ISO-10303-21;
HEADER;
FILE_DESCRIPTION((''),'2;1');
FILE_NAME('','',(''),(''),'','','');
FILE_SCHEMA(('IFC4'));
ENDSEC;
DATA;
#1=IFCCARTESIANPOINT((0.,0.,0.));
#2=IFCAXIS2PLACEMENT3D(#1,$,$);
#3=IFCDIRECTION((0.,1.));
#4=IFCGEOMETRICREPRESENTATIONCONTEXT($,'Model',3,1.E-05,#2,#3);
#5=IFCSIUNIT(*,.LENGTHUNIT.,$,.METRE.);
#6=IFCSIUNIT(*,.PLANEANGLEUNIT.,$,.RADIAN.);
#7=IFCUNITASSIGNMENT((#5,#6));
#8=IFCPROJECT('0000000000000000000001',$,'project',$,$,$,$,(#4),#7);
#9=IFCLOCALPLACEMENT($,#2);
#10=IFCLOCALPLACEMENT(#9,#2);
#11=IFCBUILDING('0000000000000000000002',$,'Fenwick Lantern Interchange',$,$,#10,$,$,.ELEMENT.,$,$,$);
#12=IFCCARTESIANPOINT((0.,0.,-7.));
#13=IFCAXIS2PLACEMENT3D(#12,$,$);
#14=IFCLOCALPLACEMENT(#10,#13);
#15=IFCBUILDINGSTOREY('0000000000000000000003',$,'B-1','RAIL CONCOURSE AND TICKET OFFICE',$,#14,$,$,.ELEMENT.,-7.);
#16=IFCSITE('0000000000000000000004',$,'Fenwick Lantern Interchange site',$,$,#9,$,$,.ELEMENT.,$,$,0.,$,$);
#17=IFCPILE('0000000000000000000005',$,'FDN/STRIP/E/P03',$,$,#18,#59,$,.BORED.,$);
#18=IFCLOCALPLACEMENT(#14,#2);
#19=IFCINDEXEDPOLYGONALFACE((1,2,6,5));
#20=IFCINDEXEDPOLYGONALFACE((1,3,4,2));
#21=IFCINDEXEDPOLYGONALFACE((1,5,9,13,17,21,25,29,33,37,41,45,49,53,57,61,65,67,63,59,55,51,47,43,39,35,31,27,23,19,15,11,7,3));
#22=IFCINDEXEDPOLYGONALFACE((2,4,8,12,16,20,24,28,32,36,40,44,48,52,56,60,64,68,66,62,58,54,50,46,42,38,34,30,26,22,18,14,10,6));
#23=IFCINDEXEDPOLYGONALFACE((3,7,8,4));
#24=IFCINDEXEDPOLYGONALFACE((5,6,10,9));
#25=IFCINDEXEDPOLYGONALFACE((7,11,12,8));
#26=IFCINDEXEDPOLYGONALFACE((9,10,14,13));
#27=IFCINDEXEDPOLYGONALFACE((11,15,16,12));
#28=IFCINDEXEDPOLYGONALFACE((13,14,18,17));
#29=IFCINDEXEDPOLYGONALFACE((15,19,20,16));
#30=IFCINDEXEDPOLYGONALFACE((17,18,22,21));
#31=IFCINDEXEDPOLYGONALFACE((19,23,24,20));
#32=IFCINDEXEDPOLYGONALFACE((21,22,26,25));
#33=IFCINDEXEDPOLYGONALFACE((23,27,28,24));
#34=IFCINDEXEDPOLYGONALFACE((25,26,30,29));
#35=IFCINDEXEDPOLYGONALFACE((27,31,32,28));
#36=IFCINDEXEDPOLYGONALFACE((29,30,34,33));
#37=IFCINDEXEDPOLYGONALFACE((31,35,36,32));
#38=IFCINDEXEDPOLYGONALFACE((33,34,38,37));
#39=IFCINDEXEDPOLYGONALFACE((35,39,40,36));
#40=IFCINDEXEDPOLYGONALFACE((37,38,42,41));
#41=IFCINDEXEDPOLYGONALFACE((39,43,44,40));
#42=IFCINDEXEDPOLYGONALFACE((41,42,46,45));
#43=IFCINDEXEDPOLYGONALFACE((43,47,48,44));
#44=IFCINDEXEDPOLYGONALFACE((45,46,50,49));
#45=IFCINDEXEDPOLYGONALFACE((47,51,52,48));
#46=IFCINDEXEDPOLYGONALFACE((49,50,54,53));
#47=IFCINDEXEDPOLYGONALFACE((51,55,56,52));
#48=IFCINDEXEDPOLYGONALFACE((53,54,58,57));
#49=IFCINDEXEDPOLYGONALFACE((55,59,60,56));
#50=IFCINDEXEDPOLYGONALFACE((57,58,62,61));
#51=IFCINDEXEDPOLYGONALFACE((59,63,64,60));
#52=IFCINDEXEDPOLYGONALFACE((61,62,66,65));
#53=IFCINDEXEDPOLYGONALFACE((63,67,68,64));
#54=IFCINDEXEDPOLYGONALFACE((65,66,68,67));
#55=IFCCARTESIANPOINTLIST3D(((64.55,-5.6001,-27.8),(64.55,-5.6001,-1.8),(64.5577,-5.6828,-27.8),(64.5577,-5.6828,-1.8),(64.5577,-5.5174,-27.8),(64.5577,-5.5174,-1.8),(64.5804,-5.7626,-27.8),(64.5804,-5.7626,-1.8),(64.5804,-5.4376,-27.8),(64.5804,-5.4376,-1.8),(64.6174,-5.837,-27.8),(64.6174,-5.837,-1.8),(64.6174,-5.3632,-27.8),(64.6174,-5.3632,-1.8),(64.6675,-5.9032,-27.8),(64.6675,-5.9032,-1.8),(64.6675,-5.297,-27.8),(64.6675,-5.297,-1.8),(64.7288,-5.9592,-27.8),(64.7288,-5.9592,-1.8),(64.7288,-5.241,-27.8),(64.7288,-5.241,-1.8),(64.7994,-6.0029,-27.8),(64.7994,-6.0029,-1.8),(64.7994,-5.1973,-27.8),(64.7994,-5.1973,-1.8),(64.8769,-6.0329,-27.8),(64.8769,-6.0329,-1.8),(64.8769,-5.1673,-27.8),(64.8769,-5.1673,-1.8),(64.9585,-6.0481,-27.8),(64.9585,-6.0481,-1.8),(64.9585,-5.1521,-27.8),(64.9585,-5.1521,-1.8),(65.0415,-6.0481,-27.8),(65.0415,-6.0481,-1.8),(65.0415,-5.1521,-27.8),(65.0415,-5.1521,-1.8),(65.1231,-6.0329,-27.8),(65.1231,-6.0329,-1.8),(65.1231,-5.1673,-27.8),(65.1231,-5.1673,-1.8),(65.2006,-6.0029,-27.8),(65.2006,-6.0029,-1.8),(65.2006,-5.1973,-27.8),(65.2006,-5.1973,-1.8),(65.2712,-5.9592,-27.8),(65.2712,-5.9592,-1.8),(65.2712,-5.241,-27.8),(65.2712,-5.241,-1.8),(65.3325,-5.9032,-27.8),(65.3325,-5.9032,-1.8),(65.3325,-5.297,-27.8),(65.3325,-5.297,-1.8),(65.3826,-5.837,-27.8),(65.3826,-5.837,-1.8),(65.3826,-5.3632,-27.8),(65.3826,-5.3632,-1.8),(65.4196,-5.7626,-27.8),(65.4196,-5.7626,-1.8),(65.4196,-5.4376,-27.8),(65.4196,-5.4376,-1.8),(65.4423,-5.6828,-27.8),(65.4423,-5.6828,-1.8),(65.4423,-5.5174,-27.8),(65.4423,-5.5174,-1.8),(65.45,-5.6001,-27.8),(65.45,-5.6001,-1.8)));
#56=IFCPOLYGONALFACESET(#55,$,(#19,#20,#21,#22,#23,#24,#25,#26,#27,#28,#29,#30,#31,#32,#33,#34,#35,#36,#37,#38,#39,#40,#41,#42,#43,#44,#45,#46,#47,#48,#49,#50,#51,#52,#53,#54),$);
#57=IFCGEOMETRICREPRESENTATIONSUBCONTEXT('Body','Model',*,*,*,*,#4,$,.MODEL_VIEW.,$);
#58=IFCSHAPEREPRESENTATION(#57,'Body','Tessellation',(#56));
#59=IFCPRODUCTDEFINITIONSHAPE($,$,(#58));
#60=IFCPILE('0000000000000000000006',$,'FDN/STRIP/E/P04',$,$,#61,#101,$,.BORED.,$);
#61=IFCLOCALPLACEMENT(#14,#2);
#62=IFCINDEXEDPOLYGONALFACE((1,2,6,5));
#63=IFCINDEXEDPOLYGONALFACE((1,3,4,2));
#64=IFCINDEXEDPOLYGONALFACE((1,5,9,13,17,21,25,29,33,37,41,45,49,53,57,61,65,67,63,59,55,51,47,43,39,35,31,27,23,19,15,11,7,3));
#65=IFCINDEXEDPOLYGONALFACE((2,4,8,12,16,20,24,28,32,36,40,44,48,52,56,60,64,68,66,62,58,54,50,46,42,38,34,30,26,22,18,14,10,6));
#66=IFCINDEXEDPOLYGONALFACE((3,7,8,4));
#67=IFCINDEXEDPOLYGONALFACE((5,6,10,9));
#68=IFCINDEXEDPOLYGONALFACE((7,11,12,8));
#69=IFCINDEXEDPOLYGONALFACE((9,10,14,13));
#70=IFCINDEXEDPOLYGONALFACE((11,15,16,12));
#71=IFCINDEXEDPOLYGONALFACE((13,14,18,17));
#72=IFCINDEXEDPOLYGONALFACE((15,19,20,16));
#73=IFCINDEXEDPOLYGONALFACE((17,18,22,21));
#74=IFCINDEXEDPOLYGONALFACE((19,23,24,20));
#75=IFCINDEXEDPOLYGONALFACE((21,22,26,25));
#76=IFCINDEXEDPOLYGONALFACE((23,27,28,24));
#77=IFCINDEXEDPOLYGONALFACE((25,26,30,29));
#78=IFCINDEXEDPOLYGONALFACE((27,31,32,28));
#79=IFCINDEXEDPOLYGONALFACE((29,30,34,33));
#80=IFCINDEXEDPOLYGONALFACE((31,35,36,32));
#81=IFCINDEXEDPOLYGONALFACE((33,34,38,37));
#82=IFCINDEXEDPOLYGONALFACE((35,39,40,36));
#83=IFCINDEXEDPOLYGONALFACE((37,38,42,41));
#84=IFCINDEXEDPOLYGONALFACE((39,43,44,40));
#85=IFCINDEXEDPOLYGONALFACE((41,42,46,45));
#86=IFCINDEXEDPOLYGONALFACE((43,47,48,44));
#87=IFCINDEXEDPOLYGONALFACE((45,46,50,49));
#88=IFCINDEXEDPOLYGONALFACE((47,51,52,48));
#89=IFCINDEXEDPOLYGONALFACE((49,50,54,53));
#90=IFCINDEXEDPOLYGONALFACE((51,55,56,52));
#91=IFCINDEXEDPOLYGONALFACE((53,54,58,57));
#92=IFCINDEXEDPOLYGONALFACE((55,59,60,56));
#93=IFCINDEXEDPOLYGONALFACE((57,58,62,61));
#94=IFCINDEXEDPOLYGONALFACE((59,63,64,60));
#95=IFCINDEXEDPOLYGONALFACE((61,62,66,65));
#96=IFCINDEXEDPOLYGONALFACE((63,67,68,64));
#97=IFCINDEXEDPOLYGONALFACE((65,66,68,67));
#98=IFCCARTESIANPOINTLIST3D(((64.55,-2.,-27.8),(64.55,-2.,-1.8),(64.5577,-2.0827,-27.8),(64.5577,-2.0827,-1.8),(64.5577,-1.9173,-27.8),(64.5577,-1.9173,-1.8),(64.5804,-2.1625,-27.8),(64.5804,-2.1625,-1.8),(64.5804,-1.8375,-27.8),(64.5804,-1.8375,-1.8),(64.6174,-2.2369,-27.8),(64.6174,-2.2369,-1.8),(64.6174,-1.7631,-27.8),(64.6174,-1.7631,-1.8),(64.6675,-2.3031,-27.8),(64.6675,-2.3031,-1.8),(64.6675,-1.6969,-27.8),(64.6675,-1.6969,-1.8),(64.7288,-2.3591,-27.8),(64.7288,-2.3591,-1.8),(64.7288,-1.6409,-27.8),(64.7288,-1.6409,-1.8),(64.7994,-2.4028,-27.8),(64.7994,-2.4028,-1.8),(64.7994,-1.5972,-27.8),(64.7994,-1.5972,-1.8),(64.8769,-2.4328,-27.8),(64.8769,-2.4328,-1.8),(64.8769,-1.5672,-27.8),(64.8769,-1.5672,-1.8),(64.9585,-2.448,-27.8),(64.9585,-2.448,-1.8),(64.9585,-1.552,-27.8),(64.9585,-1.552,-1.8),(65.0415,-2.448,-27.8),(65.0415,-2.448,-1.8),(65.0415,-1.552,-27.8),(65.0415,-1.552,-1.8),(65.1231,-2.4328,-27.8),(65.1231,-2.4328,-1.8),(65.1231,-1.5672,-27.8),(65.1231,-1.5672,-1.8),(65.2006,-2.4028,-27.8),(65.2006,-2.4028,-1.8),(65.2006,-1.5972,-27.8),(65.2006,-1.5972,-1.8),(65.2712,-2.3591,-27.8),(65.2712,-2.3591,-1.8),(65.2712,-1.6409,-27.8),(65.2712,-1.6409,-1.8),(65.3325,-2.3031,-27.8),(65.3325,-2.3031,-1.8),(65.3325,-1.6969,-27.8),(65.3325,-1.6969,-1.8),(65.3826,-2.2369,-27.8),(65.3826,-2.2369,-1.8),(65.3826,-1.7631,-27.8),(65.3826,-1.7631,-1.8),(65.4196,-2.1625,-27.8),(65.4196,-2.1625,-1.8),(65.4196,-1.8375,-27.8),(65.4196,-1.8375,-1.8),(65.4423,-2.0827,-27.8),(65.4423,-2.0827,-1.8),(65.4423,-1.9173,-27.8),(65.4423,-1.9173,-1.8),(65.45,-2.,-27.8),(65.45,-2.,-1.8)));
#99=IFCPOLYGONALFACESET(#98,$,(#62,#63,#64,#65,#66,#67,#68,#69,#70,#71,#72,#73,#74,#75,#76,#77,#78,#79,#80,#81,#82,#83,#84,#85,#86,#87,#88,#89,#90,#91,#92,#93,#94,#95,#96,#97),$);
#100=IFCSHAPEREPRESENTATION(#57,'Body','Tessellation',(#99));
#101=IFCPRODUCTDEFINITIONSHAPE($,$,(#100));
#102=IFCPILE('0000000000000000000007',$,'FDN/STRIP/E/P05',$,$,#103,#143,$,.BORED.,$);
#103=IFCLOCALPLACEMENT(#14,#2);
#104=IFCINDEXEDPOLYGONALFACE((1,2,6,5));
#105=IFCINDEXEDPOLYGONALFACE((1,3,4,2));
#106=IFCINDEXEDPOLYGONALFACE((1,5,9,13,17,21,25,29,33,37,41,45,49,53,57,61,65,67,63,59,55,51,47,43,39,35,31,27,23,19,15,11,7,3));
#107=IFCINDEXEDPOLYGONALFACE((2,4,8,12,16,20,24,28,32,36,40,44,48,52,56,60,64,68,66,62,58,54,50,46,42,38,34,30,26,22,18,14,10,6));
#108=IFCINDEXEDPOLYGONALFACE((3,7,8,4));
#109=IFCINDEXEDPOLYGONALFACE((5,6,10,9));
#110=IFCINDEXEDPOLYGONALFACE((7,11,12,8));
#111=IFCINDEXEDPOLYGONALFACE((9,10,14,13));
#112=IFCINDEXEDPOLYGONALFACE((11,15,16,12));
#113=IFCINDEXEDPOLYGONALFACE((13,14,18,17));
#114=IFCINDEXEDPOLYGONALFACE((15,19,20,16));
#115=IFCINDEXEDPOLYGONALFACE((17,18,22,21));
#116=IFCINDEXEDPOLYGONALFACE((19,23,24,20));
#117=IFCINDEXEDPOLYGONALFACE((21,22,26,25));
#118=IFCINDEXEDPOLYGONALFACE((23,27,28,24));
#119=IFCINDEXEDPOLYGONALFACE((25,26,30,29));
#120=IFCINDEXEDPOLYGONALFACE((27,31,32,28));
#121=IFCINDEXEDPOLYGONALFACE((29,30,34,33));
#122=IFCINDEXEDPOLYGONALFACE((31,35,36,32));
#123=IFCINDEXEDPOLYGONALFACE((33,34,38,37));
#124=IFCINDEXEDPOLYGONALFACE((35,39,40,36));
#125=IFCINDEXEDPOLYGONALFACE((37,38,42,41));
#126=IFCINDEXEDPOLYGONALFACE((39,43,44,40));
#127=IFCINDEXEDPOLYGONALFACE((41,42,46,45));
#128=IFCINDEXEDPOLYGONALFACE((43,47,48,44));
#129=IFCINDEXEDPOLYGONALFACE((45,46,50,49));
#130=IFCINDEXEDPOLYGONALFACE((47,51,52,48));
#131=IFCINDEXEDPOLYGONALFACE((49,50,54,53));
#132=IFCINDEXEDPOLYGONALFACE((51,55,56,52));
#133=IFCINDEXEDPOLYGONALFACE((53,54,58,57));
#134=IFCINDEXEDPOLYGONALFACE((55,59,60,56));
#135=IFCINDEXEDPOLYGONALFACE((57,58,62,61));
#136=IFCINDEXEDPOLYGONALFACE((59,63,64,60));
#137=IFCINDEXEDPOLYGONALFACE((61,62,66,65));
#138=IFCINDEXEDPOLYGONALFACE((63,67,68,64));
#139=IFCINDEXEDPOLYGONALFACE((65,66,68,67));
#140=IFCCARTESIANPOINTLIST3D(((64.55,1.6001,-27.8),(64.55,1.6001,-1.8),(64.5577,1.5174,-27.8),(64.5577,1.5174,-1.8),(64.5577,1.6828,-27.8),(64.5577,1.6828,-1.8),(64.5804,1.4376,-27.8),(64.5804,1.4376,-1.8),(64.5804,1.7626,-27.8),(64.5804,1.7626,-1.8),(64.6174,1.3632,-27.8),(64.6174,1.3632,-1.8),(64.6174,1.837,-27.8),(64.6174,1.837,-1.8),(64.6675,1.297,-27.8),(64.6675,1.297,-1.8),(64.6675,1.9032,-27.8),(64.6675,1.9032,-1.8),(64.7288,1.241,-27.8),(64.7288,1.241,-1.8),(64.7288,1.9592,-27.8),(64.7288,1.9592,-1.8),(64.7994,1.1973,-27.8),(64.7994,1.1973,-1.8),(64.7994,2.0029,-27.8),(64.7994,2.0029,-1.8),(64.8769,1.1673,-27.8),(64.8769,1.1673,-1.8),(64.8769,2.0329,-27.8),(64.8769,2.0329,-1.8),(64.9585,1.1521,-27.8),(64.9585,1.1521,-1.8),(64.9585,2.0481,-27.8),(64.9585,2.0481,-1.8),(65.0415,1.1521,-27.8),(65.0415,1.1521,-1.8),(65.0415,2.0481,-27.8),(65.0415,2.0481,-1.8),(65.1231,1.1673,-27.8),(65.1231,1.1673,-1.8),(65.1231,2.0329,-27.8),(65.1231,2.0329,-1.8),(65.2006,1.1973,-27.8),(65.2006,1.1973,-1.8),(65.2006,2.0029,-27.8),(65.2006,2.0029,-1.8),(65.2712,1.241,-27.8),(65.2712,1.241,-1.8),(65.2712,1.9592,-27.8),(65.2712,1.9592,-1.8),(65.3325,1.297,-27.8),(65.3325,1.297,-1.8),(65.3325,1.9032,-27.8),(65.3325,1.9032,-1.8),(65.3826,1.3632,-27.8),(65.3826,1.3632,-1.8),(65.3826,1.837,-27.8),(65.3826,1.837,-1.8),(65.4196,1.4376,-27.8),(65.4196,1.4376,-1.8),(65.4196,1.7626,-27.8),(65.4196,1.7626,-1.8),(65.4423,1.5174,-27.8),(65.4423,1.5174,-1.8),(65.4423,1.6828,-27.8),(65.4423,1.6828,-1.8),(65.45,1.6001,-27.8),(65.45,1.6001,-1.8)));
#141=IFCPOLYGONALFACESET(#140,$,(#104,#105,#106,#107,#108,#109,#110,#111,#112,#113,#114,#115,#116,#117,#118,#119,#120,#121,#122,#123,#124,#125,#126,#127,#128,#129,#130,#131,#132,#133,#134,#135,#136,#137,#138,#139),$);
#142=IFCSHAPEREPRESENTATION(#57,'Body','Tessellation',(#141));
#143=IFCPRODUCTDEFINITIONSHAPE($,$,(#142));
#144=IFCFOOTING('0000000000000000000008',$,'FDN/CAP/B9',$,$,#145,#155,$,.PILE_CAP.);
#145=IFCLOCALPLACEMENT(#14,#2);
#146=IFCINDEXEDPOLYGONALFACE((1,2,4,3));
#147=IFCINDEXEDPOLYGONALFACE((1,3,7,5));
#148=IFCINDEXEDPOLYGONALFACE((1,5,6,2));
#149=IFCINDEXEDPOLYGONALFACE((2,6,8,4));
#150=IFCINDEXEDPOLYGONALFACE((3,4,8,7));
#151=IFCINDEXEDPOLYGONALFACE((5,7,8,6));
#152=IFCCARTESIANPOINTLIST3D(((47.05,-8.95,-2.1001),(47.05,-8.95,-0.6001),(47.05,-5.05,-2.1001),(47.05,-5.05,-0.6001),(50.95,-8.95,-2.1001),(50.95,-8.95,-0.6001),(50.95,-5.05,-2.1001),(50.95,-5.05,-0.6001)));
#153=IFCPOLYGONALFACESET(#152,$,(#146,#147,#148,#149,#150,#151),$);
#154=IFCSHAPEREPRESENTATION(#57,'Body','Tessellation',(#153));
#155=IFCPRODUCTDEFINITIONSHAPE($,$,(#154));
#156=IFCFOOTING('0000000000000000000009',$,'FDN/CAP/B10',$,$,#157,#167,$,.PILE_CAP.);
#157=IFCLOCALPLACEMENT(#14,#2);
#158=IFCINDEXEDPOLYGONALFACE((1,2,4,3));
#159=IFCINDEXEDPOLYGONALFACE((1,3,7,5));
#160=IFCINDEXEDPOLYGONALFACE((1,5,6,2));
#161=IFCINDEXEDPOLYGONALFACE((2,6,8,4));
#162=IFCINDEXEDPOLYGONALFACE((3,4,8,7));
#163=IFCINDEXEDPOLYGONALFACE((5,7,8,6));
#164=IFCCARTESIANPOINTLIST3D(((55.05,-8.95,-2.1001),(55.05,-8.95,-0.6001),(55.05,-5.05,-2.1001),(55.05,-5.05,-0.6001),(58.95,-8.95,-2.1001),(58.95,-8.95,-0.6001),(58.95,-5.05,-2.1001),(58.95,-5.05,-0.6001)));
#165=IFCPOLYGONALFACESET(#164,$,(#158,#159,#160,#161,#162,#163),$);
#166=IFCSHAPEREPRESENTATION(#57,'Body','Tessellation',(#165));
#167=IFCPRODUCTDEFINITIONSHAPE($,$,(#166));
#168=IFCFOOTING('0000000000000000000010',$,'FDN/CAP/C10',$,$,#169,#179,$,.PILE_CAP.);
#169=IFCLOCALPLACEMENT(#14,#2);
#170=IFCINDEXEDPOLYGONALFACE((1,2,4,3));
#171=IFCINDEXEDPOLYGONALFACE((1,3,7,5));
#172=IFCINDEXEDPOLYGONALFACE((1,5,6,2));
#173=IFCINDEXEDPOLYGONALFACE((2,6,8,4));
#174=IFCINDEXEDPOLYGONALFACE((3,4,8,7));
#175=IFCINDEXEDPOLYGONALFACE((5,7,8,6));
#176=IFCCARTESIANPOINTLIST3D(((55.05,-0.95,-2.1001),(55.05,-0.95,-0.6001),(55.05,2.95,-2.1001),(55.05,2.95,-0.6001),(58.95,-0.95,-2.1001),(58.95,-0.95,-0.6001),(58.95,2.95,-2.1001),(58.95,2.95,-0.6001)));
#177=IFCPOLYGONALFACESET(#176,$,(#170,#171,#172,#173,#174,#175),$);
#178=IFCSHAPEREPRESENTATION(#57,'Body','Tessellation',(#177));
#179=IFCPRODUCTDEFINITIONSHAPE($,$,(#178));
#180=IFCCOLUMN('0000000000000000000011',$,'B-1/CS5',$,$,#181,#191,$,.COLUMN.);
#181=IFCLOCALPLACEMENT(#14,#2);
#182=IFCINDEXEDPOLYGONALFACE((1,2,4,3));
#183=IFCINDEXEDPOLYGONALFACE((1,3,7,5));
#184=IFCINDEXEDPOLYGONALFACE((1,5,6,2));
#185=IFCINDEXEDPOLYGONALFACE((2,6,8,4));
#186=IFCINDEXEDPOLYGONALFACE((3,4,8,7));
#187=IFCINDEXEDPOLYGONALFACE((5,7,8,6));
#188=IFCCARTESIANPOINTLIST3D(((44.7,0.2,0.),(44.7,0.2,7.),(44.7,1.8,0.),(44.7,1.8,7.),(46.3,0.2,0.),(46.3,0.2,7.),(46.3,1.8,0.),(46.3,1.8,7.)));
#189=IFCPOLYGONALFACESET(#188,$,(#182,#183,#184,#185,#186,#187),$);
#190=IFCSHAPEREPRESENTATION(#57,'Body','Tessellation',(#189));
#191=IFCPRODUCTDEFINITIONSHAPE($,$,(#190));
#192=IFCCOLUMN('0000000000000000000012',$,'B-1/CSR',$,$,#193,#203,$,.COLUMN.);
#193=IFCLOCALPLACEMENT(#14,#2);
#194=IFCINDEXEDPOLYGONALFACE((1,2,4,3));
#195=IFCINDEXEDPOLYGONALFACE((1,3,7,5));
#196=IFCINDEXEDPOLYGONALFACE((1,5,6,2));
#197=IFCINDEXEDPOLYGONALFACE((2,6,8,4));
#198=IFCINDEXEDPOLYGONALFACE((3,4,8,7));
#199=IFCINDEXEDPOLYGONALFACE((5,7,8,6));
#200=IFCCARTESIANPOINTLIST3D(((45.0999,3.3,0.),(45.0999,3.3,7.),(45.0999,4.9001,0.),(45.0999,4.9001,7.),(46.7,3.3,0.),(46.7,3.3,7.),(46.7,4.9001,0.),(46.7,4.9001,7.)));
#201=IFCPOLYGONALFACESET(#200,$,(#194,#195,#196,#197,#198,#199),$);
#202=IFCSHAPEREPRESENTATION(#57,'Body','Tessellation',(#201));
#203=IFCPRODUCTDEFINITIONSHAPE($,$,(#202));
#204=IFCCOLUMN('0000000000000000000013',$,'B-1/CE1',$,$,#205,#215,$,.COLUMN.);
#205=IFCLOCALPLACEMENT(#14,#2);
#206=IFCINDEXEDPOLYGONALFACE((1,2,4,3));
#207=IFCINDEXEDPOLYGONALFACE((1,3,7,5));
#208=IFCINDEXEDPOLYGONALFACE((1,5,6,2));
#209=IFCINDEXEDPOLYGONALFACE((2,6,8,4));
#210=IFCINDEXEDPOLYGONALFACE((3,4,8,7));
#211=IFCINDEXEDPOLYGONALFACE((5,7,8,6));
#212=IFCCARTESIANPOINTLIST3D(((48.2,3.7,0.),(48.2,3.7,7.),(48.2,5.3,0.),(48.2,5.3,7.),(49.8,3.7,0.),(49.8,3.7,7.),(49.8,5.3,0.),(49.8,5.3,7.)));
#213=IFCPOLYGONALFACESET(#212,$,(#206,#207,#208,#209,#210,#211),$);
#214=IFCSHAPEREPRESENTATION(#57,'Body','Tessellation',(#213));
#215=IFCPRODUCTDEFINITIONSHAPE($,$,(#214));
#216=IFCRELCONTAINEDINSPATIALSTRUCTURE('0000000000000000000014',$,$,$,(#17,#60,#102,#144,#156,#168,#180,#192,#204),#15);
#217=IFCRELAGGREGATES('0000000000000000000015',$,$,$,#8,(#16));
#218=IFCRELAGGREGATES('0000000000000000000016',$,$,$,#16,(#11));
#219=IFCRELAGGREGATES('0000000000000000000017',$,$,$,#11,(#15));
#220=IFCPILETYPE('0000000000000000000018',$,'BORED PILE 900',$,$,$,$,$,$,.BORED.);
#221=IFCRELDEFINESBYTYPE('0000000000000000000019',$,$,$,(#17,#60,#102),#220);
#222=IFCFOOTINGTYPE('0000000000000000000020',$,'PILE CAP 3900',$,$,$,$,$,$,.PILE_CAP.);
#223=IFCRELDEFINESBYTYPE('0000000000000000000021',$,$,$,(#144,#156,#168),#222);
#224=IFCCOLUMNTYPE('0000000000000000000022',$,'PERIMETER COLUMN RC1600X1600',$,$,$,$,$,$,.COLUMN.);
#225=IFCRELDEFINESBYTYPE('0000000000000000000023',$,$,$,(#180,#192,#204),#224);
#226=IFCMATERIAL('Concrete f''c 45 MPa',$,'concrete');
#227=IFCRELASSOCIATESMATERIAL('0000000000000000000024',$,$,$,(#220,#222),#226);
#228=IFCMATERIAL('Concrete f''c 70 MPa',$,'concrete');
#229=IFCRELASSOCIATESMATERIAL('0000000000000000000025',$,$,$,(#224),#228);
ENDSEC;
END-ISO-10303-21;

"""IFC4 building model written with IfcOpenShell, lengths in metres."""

from ifc_helpers import new_model, si_unit, direction, frame, origin, origin_2d, place, context, subcontext, project, spatial, rectangle, circle, extrude, material, material_profile, profile_set, type_object, element, save


model = new_model("IFC4")

# Units and contexts
model_context = context("Model", 3, precision=1e-05, world=origin(), true_north=direction((0.0, 1.0)))
body_context = subcontext(model_context, "Body", "Model", "MODEL_VIEW")
ifc_project = project(units=[si_unit("LENGTHUNIT", "METRE"), si_unit("PLANEANGLEUNIT", "RADIAN")], contexts=[model_context])

# Site, building, storey
site_placement = place(None, origin())
site = spatial("IfcSite", under=ifc_project, at=site_placement, Name="Fenwick Lantern Interchange site", CompositionType="ELEMENT", RefElevation=0.0)
building_placement = place(site_placement, origin())
building = spatial("IfcBuilding", under=site, at=building_placement, Name="Fenwick Lantern Interchange", CompositionType="ELEMENT")
storey_placement = place(building_placement, frame((0.0, 0.0, -7.0)))
storey = spatial("IfcBuildingStorey", under=building, at=storey_placement, Name="B-1", Description="RAIL CONCOURSE AND TICKET OFFICE", CompositionType="ELEMENT", Elevation=-7.0)

# Piles
ifc_material_1 = material(Name="Concrete f'c 45 MPa", Category="concrete")
pile_type_1 = type_object("IfcPileType", Name="BORED PILE 900", PredefinedType="BORED", material=ifc_material_1)
for number, where, z_axis, x_axis, name in (
    (1, (65.0, -5.6001, -1.8), (0.0, 0.0, -1.0), (1.0, 0.0, 0.0), "FDN/STRIP/E/P03"),
    (2, (65.0, -2.0, -1.8), (0.0, 0.0, -1.0), (1.0, 0.0, 0.0), "FDN/STRIP/E/P04"),
    (3, (65.0, 1.6001, -1.8), (0.0, 0.0, -1.0), (1.0, 0.0, 0.0), "FDN/STRIP/E/P05"),
):
    element("IfcPile", number, at=place(storey_placement, frame(where, z_axis=z_axis, x_axis=x_axis)), inside=storey, type_object=pile_type_1, Name=name, PredefinedType="BORED", context=body_context, shape_type="SweptSolid", body=[
        extrude(circle(Radius=0.45, at=origin_2d()), origin(), (0.0, 0.0, 1.0), 26.0),
    ])

# Footings
footing_type = type_object("IfcFootingType", Name="PILE CAP 3900", PredefinedType="PILE_CAP", material=ifc_material_1)
for number, where, z_axis, x_axis, name in (
    (4, (49.0, -7.0, -2.1001), (0.0, 0.0, 1.0), (1.0, 0.0, 0.0), "FDN/CAP/B9"),
    (5, (57.0, -7.0, -2.1001), (0.0, 0.0, 1.0), (1.0, 0.0, 0.0), "FDN/CAP/B10"),
    (6, (57.0, 1.0, -2.1001), (0.0, 0.0, 1.0), (1.0, 0.0, 0.0), "FDN/CAP/C10"),
):
    element("IfcFooting", number, at=place(storey_placement, frame(where, z_axis=z_axis, x_axis=x_axis)), inside=storey, type_object=footing_type, Name=name, PredefinedType="PILE_CAP", context=body_context, shape_type="SweptSolid", body=[
        extrude(rectangle(XDim=3.8999, YDim=3.8999, at=origin_2d()), origin(), (0.0, 0.0, 1.0), 1.5),
    ])

# Columns
ifc_material_2 = material(Name="Concrete f'c 70 MPa", Category="concrete")
ifc_material_profile_1 = material_profile(ifc_material_2, rectangle(XDim=1.6001, YDim=1.6001, at=origin_2d()), Name="RC1600X1600")
ifc_profile_set_1 = profile_set([ifc_material_profile_1], Name="Concrete f'c 70 MPa")
column_type_1 = type_object("IfcColumnType", Name="PERIMETER COLUMN RC1600X1600", PredefinedType="COLUMN", material=ifc_profile_set_1)
for number, where, z_axis, x_axis, name in (
    (7, (45.5, 1.0, 0.0), (0.0, 0.0, 1.0), (1.0, 0.0, 0.0), "B-1/CS5"),
    (8, (45.8999, 4.1001, 0.0), (0.0, 0.0, 1.0), (1.0, 0.0, 0.0), "B-1/CSR"),
    (9, (49.0, 4.5, 0.0), (0.0, 0.0, 1.0), (1.0, 0.0, 0.0), "B-1/CE1"),
):
    element("IfcColumn", number, at=place(storey_placement, frame(where, z_axis=z_axis, x_axis=x_axis)), inside=storey, type_object=column_type_1, Name=name, PredefinedType="COLUMN", context=body_context, shape_type="SweptSolid", body=[
        extrude(rectangle(XDim=1.6001, YDim=1.6001, at=origin_2d()), origin(), (0.0, 0.0, 1.0), 7.0),
    ])

save(model, "model.ifc")
